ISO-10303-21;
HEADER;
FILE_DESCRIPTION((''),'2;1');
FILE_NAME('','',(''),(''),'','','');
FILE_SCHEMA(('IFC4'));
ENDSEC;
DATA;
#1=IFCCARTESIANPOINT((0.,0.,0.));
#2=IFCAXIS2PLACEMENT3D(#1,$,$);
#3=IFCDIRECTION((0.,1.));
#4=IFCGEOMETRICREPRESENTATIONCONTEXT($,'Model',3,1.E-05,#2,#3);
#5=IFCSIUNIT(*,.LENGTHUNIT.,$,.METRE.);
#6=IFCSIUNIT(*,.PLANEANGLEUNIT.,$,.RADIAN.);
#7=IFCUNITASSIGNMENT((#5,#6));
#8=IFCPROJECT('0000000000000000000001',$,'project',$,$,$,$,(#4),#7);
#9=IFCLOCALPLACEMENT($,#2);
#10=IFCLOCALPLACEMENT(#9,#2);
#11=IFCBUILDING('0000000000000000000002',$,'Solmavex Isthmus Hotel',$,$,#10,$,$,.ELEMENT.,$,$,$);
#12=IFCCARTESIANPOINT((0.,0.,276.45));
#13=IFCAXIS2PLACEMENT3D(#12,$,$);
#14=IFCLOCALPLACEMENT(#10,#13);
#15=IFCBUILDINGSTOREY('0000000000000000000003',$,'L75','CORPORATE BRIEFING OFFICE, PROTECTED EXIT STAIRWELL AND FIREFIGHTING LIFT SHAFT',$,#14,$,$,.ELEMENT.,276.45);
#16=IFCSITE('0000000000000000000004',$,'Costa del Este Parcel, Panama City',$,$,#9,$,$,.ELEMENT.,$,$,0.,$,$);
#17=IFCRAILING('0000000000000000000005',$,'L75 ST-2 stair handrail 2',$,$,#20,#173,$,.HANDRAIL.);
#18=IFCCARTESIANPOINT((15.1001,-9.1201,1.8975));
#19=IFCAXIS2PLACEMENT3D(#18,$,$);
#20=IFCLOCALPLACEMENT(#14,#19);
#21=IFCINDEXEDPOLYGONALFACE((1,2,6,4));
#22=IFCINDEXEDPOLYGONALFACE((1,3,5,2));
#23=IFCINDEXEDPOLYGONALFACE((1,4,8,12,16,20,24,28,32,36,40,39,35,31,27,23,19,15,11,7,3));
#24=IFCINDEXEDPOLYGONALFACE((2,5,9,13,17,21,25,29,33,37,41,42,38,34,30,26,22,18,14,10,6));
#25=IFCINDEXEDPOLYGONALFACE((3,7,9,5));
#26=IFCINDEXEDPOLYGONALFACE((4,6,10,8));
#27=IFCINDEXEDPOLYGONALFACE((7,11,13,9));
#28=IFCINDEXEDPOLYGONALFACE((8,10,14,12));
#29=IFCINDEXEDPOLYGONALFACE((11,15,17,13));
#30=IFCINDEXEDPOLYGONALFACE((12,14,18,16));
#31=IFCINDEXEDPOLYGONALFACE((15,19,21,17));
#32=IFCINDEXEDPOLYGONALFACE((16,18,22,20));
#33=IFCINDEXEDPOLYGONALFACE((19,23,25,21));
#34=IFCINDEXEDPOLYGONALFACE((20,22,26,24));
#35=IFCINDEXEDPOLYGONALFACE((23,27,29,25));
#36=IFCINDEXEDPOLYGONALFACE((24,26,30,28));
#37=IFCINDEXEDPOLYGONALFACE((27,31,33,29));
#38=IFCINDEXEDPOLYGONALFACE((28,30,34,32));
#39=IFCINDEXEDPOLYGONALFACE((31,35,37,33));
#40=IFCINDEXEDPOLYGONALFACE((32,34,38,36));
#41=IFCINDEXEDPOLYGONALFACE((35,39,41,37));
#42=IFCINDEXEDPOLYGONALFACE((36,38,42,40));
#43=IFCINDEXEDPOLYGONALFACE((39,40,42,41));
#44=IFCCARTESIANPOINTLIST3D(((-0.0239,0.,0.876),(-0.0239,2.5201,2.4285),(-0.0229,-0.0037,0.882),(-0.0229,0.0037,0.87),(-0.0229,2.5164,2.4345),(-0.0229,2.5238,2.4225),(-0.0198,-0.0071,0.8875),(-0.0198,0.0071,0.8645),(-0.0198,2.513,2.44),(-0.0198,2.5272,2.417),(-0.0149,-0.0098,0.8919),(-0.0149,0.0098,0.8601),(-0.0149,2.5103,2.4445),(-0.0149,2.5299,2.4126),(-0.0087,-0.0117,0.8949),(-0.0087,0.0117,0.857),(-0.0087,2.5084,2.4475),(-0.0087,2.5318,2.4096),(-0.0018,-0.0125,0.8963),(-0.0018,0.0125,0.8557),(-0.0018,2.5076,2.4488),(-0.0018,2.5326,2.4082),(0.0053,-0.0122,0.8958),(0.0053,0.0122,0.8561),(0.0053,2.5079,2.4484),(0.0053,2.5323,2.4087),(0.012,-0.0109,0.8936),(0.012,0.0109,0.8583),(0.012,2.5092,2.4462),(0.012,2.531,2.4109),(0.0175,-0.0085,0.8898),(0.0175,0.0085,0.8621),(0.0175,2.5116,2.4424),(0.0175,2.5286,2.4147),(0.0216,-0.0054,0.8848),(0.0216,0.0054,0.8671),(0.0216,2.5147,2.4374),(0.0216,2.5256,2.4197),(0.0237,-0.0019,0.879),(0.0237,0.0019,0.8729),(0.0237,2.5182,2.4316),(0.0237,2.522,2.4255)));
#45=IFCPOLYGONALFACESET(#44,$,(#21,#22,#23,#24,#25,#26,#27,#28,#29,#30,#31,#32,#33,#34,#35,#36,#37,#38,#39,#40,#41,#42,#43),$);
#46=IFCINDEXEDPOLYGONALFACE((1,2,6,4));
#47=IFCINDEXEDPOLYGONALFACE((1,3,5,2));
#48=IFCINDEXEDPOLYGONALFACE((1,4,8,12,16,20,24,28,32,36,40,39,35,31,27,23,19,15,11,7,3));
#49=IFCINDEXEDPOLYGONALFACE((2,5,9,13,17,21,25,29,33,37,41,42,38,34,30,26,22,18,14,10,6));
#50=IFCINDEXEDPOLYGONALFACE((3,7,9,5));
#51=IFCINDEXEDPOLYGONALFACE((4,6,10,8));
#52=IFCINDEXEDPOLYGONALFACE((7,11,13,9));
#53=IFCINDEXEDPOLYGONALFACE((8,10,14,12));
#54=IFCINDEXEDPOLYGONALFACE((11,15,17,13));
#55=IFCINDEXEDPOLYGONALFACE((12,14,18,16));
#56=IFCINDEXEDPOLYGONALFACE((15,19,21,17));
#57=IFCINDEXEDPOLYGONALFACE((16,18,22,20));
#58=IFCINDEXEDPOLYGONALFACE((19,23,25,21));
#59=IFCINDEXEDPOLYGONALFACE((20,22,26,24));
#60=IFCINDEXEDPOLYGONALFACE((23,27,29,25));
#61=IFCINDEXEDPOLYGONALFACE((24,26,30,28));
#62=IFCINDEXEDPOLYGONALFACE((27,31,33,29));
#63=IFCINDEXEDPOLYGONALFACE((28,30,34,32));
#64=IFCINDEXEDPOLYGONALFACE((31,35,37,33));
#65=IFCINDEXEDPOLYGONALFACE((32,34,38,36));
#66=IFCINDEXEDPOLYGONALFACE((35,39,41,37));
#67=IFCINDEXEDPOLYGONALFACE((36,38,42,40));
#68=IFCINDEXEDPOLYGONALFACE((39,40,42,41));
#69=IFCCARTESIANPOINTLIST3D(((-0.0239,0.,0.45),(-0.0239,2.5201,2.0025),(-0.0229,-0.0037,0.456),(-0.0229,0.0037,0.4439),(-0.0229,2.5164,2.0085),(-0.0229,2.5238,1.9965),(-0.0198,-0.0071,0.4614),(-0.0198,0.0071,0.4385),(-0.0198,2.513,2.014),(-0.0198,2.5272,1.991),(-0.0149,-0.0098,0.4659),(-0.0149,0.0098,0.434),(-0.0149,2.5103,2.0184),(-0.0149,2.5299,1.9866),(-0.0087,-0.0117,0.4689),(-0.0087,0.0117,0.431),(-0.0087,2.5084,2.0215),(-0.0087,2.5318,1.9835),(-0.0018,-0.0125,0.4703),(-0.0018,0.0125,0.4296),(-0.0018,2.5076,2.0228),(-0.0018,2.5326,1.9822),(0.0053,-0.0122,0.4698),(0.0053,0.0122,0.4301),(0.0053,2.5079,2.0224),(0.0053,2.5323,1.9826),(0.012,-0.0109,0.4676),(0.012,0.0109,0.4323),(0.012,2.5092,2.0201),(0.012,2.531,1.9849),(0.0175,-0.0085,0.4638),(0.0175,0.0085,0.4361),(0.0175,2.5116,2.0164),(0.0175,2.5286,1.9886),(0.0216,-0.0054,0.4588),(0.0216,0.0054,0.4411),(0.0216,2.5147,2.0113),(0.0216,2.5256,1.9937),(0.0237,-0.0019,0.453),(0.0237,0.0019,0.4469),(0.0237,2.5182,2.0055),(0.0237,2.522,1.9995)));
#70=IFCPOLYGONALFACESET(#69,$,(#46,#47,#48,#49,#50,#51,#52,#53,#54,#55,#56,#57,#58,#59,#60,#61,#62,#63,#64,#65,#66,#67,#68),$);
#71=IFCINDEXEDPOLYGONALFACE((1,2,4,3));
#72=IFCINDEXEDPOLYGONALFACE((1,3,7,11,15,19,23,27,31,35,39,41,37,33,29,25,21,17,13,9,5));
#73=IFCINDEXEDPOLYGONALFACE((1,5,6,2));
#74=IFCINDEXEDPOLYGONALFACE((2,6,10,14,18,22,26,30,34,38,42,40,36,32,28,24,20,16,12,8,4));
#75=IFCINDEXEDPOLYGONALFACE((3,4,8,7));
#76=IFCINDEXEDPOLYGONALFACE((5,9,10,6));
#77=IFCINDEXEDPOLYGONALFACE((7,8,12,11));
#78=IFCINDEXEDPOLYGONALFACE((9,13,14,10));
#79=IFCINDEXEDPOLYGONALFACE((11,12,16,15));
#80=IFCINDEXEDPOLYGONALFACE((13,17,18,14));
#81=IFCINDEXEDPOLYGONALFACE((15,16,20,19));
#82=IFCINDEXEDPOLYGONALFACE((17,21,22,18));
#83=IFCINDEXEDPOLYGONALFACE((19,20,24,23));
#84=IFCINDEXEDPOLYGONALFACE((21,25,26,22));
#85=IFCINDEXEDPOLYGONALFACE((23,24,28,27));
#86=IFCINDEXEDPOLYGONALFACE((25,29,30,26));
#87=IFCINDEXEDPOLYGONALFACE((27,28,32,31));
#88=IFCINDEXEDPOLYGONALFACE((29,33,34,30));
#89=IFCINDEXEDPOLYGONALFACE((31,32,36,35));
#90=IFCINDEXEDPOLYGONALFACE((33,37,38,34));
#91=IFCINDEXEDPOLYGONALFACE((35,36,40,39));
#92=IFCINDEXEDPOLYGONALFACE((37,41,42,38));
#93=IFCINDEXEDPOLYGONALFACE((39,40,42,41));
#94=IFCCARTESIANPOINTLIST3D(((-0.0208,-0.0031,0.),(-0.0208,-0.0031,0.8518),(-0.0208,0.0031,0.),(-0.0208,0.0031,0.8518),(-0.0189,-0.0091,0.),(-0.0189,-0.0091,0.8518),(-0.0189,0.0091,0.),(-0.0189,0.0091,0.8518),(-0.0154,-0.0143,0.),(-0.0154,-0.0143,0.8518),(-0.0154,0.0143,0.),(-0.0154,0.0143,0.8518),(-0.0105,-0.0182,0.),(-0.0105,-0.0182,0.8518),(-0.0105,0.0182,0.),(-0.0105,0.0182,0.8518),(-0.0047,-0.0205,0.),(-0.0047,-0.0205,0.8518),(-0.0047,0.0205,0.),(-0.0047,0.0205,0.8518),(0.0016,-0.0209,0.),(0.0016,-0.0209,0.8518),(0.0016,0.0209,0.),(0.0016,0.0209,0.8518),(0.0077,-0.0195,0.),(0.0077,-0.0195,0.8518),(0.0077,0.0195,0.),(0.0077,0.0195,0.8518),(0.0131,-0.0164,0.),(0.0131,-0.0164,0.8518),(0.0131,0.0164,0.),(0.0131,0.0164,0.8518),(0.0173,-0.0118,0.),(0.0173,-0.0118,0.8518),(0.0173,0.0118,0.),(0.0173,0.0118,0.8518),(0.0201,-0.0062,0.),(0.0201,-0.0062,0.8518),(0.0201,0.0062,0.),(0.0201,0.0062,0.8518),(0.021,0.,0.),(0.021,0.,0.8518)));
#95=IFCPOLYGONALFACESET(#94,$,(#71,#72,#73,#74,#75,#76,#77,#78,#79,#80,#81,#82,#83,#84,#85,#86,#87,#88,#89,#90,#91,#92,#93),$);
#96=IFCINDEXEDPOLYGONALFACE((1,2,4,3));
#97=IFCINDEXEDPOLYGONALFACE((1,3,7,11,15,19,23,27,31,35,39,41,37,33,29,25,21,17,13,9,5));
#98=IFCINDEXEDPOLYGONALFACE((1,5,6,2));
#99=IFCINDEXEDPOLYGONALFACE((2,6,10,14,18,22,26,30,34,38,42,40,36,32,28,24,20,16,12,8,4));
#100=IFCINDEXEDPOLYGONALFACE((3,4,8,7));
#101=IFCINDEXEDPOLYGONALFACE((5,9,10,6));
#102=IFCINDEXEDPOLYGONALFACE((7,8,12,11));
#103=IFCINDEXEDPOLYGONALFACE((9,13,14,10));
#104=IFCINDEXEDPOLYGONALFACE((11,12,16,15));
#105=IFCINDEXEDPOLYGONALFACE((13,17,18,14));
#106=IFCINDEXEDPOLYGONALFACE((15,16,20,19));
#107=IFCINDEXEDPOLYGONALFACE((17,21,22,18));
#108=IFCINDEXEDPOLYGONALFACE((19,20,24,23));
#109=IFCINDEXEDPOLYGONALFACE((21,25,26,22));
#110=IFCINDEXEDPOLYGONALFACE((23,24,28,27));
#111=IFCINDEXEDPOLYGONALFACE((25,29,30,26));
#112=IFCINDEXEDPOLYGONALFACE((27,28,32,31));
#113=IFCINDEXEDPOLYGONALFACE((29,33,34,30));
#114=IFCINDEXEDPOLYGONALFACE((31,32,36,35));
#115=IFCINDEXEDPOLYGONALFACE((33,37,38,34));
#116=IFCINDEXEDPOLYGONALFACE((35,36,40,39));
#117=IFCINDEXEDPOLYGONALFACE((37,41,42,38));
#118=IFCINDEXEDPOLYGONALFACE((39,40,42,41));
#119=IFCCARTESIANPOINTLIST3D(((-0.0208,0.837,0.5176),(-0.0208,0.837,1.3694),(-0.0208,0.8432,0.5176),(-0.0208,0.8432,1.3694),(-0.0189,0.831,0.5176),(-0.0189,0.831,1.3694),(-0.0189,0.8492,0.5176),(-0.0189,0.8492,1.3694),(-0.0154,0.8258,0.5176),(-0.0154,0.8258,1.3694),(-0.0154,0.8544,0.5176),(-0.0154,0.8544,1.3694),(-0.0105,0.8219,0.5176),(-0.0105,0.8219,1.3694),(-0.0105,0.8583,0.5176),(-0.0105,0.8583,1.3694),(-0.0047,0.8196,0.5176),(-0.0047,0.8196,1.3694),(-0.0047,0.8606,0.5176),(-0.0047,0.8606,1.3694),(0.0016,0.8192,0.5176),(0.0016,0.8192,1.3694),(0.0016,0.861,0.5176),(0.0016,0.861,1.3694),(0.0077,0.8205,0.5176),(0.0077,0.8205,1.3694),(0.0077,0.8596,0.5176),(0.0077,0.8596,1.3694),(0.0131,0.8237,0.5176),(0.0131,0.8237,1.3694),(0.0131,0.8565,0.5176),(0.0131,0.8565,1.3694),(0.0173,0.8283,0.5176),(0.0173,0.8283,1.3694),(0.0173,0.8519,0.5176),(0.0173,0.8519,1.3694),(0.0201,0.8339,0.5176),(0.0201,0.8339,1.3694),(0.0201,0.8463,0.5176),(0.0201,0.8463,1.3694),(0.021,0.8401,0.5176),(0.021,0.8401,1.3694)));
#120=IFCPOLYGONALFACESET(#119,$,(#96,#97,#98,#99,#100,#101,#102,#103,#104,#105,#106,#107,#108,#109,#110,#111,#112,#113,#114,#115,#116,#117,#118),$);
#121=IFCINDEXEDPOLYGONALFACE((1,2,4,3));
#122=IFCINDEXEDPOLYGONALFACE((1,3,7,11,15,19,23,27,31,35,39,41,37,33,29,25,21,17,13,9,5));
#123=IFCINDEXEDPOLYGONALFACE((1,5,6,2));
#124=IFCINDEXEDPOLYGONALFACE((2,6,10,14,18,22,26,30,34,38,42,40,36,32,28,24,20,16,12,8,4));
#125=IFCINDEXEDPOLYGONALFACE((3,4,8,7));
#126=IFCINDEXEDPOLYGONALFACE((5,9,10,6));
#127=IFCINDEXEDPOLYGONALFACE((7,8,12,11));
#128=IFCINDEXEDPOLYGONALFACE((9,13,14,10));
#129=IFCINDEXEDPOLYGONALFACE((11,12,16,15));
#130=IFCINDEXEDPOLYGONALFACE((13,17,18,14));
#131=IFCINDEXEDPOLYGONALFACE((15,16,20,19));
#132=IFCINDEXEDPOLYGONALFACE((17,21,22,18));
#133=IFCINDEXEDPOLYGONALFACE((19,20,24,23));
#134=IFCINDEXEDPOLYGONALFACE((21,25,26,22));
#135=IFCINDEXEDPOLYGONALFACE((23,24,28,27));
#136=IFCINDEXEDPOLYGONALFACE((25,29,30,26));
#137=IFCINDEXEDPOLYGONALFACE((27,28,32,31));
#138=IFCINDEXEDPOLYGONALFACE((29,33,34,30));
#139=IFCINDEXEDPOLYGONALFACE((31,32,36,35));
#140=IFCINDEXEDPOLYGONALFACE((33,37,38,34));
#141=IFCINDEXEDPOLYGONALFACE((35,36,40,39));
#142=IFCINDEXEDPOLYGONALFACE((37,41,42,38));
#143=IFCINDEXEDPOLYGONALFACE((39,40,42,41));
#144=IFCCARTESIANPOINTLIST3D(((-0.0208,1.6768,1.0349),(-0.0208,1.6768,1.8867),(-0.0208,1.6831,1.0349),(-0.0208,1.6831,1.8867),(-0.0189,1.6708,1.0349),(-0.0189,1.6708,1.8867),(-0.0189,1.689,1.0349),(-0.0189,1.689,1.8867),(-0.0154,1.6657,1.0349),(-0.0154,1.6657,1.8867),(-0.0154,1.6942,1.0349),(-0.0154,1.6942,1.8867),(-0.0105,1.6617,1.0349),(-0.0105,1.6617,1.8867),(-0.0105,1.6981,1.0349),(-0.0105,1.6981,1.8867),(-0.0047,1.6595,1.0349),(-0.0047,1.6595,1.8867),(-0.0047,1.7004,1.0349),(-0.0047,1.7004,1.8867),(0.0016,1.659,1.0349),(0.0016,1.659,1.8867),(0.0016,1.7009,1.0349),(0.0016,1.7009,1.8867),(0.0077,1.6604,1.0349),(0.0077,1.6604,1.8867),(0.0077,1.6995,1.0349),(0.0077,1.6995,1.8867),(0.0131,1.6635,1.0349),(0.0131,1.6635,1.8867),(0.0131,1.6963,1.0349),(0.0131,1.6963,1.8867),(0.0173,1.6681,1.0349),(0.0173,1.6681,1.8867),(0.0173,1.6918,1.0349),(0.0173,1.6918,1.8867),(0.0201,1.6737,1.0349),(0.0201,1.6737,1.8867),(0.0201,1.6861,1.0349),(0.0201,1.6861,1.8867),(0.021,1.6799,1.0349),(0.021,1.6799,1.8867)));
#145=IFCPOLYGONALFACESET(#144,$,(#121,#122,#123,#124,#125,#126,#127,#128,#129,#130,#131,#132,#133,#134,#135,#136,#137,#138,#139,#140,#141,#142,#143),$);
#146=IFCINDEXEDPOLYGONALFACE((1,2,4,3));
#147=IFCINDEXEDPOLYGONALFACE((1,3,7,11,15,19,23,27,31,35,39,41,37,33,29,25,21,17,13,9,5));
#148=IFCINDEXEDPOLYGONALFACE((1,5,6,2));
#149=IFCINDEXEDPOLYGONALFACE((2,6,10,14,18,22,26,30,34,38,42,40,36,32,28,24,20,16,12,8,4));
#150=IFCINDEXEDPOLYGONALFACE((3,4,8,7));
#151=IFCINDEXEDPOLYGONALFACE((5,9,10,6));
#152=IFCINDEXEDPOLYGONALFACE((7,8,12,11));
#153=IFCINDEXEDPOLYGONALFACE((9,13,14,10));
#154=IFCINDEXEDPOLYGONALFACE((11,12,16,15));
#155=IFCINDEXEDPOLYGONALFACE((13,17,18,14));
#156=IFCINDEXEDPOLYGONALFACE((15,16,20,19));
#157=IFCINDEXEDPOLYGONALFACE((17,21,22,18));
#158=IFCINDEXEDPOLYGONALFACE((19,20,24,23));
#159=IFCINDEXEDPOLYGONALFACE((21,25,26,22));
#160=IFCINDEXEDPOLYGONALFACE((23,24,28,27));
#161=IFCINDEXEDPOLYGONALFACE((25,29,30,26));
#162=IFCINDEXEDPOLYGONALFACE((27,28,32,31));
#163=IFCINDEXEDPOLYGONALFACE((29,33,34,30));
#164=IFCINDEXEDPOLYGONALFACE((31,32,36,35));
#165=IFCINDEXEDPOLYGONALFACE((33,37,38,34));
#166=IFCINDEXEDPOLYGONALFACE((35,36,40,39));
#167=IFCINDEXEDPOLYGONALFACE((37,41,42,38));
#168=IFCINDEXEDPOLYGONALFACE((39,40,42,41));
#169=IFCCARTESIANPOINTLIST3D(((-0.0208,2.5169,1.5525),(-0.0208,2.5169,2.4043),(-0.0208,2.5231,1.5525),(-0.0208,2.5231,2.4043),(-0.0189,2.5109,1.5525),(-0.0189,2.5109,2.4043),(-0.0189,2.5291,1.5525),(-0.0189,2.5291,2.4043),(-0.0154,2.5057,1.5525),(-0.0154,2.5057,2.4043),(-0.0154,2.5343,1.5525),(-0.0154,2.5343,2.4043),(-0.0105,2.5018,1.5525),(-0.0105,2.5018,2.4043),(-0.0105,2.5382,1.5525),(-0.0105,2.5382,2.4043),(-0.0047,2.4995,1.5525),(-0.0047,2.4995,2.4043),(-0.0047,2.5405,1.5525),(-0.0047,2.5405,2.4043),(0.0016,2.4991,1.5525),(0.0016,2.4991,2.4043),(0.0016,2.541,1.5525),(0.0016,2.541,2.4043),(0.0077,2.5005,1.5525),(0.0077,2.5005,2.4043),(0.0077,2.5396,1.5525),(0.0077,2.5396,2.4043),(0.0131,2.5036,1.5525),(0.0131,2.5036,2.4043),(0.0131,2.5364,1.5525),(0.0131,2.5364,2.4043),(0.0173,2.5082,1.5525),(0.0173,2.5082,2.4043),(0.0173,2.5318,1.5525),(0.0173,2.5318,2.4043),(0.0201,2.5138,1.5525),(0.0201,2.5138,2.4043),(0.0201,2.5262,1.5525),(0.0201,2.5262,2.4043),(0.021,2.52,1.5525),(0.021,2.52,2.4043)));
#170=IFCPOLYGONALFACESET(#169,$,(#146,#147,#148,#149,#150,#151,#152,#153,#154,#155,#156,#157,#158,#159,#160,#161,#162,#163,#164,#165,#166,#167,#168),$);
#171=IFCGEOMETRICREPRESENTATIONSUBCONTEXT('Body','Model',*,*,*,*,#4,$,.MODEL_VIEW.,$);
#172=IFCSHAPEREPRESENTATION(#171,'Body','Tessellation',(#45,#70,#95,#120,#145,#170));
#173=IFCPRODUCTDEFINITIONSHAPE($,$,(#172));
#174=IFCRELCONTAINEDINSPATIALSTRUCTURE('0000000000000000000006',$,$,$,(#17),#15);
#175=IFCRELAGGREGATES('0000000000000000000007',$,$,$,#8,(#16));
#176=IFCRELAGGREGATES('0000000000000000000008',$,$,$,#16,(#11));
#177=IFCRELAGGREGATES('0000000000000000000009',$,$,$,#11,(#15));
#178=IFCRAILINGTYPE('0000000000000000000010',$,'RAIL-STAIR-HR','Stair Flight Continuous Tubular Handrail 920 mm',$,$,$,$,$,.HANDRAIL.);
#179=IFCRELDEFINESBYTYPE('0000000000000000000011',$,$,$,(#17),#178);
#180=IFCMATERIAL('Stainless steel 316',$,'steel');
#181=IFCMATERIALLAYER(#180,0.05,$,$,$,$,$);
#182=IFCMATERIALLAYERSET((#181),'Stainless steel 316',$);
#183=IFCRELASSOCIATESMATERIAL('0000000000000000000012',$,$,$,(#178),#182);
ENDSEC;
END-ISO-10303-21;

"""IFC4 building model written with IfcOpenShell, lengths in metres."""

from ifc_helpers import new_model, si_unit, direction, frame, origin, origin_2d, place, context, subcontext, project, spatial, circle, extrude, material, layer, layer_set, type_object, element, save


model = new_model("IFC4")

# Units and contexts
model_context = context("Model", 3, precision=1e-05, world=origin(), true_north=direction((0.0, 1.0)))
body_context = subcontext(model_context, "Body", "Model", "MODEL_VIEW")
ifc_project = project(units=[si_unit("LENGTHUNIT", "METRE"), si_unit("PLANEANGLEUNIT", "RADIAN")], contexts=[model_context])

# Site, building, storey
site_placement = place(None, origin())
site = spatial("IfcSite", under=ifc_project, at=site_placement, Name="Costa del Este Parcel, Panama City", CompositionType="ELEMENT", RefElevation=0.0)
building_placement = place(site_placement, origin())
building = spatial("IfcBuilding", under=site, at=building_placement, Name="Solmavex Isthmus Hotel", CompositionType="ELEMENT")
storey_placement = place(building_placement, frame((0.0, 0.0, 276.45)))
storey = spatial("IfcBuildingStorey", under=building, at=storey_placement, Name="L75", Description="CORPORATE BRIEFING OFFICE, PROTECTED EXIT STAIRWELL AND FIREFIGHTING LIFT SHAFT", CompositionType="ELEMENT", Elevation=276.45)

# Railing
ifc_material_1 = material(Name="Stainless steel 316", Category="steel")
ifc_layer_1 = layer(ifc_material_1, 0.05)
ifc_layer_set_1 = layer_set([ifc_layer_1], Name="Stainless steel 316")
railing_type = type_object("IfcRailingType", Name="RAIL-STAIR-HR", Description="Stair Flight Continuous Tubular Handrail 920 mm", PredefinedType="HANDRAIL", material=ifc_layer_set_1)
railing_placement = place(storey_placement, frame((15.1001, -9.1201, 1.8975)))
element("IfcRailing", 1, at=railing_placement, inside=storey, type_object=railing_type, Name="L75 ST-2 stair handrail 2", PredefinedType="HANDRAIL", context=body_context, shape_type="SweptSolid", body=[
    extrude(circle(Radius=0.0239, at=origin_2d()), frame((0.0, 0.0, 0.876), z_axis=(0.0, 0.8514, 0.524516), x_axis=(-1.0, 0.0, 0.0)), (0.0, 0.0, 1.0), 2.96),
    extrude(circle(Radius=0.0239, at=origin_2d()), frame((0.0, 0.0, 0.45), z_axis=(0.0, 0.8514, 0.524516), x_axis=(-1.0, 0.0, 0.0)), (0.0, 0.0, 1.0), 2.96),
    extrude(circle(Radius=0.021, at=origin_2d()), origin(), (0.0, 0.0, 1.0), 0.8518),
    extrude(circle(Radius=0.021, at=origin_2d()), frame((0.0, 0.8401, 0.5176)), (0.0, 0.0, 1.0), 0.8518),
    extrude(circle(Radius=0.021, at=origin_2d()), frame((0.0, 1.6799, 1.0349)), (0.0, 0.0, 1.0), 0.8518),
    extrude(circle(Radius=0.021, at=origin_2d()), frame((0.0, 2.52, 1.5525)), (0.0, 0.0, 1.0), 0.8518),
])

save(model, "model.ifc")
